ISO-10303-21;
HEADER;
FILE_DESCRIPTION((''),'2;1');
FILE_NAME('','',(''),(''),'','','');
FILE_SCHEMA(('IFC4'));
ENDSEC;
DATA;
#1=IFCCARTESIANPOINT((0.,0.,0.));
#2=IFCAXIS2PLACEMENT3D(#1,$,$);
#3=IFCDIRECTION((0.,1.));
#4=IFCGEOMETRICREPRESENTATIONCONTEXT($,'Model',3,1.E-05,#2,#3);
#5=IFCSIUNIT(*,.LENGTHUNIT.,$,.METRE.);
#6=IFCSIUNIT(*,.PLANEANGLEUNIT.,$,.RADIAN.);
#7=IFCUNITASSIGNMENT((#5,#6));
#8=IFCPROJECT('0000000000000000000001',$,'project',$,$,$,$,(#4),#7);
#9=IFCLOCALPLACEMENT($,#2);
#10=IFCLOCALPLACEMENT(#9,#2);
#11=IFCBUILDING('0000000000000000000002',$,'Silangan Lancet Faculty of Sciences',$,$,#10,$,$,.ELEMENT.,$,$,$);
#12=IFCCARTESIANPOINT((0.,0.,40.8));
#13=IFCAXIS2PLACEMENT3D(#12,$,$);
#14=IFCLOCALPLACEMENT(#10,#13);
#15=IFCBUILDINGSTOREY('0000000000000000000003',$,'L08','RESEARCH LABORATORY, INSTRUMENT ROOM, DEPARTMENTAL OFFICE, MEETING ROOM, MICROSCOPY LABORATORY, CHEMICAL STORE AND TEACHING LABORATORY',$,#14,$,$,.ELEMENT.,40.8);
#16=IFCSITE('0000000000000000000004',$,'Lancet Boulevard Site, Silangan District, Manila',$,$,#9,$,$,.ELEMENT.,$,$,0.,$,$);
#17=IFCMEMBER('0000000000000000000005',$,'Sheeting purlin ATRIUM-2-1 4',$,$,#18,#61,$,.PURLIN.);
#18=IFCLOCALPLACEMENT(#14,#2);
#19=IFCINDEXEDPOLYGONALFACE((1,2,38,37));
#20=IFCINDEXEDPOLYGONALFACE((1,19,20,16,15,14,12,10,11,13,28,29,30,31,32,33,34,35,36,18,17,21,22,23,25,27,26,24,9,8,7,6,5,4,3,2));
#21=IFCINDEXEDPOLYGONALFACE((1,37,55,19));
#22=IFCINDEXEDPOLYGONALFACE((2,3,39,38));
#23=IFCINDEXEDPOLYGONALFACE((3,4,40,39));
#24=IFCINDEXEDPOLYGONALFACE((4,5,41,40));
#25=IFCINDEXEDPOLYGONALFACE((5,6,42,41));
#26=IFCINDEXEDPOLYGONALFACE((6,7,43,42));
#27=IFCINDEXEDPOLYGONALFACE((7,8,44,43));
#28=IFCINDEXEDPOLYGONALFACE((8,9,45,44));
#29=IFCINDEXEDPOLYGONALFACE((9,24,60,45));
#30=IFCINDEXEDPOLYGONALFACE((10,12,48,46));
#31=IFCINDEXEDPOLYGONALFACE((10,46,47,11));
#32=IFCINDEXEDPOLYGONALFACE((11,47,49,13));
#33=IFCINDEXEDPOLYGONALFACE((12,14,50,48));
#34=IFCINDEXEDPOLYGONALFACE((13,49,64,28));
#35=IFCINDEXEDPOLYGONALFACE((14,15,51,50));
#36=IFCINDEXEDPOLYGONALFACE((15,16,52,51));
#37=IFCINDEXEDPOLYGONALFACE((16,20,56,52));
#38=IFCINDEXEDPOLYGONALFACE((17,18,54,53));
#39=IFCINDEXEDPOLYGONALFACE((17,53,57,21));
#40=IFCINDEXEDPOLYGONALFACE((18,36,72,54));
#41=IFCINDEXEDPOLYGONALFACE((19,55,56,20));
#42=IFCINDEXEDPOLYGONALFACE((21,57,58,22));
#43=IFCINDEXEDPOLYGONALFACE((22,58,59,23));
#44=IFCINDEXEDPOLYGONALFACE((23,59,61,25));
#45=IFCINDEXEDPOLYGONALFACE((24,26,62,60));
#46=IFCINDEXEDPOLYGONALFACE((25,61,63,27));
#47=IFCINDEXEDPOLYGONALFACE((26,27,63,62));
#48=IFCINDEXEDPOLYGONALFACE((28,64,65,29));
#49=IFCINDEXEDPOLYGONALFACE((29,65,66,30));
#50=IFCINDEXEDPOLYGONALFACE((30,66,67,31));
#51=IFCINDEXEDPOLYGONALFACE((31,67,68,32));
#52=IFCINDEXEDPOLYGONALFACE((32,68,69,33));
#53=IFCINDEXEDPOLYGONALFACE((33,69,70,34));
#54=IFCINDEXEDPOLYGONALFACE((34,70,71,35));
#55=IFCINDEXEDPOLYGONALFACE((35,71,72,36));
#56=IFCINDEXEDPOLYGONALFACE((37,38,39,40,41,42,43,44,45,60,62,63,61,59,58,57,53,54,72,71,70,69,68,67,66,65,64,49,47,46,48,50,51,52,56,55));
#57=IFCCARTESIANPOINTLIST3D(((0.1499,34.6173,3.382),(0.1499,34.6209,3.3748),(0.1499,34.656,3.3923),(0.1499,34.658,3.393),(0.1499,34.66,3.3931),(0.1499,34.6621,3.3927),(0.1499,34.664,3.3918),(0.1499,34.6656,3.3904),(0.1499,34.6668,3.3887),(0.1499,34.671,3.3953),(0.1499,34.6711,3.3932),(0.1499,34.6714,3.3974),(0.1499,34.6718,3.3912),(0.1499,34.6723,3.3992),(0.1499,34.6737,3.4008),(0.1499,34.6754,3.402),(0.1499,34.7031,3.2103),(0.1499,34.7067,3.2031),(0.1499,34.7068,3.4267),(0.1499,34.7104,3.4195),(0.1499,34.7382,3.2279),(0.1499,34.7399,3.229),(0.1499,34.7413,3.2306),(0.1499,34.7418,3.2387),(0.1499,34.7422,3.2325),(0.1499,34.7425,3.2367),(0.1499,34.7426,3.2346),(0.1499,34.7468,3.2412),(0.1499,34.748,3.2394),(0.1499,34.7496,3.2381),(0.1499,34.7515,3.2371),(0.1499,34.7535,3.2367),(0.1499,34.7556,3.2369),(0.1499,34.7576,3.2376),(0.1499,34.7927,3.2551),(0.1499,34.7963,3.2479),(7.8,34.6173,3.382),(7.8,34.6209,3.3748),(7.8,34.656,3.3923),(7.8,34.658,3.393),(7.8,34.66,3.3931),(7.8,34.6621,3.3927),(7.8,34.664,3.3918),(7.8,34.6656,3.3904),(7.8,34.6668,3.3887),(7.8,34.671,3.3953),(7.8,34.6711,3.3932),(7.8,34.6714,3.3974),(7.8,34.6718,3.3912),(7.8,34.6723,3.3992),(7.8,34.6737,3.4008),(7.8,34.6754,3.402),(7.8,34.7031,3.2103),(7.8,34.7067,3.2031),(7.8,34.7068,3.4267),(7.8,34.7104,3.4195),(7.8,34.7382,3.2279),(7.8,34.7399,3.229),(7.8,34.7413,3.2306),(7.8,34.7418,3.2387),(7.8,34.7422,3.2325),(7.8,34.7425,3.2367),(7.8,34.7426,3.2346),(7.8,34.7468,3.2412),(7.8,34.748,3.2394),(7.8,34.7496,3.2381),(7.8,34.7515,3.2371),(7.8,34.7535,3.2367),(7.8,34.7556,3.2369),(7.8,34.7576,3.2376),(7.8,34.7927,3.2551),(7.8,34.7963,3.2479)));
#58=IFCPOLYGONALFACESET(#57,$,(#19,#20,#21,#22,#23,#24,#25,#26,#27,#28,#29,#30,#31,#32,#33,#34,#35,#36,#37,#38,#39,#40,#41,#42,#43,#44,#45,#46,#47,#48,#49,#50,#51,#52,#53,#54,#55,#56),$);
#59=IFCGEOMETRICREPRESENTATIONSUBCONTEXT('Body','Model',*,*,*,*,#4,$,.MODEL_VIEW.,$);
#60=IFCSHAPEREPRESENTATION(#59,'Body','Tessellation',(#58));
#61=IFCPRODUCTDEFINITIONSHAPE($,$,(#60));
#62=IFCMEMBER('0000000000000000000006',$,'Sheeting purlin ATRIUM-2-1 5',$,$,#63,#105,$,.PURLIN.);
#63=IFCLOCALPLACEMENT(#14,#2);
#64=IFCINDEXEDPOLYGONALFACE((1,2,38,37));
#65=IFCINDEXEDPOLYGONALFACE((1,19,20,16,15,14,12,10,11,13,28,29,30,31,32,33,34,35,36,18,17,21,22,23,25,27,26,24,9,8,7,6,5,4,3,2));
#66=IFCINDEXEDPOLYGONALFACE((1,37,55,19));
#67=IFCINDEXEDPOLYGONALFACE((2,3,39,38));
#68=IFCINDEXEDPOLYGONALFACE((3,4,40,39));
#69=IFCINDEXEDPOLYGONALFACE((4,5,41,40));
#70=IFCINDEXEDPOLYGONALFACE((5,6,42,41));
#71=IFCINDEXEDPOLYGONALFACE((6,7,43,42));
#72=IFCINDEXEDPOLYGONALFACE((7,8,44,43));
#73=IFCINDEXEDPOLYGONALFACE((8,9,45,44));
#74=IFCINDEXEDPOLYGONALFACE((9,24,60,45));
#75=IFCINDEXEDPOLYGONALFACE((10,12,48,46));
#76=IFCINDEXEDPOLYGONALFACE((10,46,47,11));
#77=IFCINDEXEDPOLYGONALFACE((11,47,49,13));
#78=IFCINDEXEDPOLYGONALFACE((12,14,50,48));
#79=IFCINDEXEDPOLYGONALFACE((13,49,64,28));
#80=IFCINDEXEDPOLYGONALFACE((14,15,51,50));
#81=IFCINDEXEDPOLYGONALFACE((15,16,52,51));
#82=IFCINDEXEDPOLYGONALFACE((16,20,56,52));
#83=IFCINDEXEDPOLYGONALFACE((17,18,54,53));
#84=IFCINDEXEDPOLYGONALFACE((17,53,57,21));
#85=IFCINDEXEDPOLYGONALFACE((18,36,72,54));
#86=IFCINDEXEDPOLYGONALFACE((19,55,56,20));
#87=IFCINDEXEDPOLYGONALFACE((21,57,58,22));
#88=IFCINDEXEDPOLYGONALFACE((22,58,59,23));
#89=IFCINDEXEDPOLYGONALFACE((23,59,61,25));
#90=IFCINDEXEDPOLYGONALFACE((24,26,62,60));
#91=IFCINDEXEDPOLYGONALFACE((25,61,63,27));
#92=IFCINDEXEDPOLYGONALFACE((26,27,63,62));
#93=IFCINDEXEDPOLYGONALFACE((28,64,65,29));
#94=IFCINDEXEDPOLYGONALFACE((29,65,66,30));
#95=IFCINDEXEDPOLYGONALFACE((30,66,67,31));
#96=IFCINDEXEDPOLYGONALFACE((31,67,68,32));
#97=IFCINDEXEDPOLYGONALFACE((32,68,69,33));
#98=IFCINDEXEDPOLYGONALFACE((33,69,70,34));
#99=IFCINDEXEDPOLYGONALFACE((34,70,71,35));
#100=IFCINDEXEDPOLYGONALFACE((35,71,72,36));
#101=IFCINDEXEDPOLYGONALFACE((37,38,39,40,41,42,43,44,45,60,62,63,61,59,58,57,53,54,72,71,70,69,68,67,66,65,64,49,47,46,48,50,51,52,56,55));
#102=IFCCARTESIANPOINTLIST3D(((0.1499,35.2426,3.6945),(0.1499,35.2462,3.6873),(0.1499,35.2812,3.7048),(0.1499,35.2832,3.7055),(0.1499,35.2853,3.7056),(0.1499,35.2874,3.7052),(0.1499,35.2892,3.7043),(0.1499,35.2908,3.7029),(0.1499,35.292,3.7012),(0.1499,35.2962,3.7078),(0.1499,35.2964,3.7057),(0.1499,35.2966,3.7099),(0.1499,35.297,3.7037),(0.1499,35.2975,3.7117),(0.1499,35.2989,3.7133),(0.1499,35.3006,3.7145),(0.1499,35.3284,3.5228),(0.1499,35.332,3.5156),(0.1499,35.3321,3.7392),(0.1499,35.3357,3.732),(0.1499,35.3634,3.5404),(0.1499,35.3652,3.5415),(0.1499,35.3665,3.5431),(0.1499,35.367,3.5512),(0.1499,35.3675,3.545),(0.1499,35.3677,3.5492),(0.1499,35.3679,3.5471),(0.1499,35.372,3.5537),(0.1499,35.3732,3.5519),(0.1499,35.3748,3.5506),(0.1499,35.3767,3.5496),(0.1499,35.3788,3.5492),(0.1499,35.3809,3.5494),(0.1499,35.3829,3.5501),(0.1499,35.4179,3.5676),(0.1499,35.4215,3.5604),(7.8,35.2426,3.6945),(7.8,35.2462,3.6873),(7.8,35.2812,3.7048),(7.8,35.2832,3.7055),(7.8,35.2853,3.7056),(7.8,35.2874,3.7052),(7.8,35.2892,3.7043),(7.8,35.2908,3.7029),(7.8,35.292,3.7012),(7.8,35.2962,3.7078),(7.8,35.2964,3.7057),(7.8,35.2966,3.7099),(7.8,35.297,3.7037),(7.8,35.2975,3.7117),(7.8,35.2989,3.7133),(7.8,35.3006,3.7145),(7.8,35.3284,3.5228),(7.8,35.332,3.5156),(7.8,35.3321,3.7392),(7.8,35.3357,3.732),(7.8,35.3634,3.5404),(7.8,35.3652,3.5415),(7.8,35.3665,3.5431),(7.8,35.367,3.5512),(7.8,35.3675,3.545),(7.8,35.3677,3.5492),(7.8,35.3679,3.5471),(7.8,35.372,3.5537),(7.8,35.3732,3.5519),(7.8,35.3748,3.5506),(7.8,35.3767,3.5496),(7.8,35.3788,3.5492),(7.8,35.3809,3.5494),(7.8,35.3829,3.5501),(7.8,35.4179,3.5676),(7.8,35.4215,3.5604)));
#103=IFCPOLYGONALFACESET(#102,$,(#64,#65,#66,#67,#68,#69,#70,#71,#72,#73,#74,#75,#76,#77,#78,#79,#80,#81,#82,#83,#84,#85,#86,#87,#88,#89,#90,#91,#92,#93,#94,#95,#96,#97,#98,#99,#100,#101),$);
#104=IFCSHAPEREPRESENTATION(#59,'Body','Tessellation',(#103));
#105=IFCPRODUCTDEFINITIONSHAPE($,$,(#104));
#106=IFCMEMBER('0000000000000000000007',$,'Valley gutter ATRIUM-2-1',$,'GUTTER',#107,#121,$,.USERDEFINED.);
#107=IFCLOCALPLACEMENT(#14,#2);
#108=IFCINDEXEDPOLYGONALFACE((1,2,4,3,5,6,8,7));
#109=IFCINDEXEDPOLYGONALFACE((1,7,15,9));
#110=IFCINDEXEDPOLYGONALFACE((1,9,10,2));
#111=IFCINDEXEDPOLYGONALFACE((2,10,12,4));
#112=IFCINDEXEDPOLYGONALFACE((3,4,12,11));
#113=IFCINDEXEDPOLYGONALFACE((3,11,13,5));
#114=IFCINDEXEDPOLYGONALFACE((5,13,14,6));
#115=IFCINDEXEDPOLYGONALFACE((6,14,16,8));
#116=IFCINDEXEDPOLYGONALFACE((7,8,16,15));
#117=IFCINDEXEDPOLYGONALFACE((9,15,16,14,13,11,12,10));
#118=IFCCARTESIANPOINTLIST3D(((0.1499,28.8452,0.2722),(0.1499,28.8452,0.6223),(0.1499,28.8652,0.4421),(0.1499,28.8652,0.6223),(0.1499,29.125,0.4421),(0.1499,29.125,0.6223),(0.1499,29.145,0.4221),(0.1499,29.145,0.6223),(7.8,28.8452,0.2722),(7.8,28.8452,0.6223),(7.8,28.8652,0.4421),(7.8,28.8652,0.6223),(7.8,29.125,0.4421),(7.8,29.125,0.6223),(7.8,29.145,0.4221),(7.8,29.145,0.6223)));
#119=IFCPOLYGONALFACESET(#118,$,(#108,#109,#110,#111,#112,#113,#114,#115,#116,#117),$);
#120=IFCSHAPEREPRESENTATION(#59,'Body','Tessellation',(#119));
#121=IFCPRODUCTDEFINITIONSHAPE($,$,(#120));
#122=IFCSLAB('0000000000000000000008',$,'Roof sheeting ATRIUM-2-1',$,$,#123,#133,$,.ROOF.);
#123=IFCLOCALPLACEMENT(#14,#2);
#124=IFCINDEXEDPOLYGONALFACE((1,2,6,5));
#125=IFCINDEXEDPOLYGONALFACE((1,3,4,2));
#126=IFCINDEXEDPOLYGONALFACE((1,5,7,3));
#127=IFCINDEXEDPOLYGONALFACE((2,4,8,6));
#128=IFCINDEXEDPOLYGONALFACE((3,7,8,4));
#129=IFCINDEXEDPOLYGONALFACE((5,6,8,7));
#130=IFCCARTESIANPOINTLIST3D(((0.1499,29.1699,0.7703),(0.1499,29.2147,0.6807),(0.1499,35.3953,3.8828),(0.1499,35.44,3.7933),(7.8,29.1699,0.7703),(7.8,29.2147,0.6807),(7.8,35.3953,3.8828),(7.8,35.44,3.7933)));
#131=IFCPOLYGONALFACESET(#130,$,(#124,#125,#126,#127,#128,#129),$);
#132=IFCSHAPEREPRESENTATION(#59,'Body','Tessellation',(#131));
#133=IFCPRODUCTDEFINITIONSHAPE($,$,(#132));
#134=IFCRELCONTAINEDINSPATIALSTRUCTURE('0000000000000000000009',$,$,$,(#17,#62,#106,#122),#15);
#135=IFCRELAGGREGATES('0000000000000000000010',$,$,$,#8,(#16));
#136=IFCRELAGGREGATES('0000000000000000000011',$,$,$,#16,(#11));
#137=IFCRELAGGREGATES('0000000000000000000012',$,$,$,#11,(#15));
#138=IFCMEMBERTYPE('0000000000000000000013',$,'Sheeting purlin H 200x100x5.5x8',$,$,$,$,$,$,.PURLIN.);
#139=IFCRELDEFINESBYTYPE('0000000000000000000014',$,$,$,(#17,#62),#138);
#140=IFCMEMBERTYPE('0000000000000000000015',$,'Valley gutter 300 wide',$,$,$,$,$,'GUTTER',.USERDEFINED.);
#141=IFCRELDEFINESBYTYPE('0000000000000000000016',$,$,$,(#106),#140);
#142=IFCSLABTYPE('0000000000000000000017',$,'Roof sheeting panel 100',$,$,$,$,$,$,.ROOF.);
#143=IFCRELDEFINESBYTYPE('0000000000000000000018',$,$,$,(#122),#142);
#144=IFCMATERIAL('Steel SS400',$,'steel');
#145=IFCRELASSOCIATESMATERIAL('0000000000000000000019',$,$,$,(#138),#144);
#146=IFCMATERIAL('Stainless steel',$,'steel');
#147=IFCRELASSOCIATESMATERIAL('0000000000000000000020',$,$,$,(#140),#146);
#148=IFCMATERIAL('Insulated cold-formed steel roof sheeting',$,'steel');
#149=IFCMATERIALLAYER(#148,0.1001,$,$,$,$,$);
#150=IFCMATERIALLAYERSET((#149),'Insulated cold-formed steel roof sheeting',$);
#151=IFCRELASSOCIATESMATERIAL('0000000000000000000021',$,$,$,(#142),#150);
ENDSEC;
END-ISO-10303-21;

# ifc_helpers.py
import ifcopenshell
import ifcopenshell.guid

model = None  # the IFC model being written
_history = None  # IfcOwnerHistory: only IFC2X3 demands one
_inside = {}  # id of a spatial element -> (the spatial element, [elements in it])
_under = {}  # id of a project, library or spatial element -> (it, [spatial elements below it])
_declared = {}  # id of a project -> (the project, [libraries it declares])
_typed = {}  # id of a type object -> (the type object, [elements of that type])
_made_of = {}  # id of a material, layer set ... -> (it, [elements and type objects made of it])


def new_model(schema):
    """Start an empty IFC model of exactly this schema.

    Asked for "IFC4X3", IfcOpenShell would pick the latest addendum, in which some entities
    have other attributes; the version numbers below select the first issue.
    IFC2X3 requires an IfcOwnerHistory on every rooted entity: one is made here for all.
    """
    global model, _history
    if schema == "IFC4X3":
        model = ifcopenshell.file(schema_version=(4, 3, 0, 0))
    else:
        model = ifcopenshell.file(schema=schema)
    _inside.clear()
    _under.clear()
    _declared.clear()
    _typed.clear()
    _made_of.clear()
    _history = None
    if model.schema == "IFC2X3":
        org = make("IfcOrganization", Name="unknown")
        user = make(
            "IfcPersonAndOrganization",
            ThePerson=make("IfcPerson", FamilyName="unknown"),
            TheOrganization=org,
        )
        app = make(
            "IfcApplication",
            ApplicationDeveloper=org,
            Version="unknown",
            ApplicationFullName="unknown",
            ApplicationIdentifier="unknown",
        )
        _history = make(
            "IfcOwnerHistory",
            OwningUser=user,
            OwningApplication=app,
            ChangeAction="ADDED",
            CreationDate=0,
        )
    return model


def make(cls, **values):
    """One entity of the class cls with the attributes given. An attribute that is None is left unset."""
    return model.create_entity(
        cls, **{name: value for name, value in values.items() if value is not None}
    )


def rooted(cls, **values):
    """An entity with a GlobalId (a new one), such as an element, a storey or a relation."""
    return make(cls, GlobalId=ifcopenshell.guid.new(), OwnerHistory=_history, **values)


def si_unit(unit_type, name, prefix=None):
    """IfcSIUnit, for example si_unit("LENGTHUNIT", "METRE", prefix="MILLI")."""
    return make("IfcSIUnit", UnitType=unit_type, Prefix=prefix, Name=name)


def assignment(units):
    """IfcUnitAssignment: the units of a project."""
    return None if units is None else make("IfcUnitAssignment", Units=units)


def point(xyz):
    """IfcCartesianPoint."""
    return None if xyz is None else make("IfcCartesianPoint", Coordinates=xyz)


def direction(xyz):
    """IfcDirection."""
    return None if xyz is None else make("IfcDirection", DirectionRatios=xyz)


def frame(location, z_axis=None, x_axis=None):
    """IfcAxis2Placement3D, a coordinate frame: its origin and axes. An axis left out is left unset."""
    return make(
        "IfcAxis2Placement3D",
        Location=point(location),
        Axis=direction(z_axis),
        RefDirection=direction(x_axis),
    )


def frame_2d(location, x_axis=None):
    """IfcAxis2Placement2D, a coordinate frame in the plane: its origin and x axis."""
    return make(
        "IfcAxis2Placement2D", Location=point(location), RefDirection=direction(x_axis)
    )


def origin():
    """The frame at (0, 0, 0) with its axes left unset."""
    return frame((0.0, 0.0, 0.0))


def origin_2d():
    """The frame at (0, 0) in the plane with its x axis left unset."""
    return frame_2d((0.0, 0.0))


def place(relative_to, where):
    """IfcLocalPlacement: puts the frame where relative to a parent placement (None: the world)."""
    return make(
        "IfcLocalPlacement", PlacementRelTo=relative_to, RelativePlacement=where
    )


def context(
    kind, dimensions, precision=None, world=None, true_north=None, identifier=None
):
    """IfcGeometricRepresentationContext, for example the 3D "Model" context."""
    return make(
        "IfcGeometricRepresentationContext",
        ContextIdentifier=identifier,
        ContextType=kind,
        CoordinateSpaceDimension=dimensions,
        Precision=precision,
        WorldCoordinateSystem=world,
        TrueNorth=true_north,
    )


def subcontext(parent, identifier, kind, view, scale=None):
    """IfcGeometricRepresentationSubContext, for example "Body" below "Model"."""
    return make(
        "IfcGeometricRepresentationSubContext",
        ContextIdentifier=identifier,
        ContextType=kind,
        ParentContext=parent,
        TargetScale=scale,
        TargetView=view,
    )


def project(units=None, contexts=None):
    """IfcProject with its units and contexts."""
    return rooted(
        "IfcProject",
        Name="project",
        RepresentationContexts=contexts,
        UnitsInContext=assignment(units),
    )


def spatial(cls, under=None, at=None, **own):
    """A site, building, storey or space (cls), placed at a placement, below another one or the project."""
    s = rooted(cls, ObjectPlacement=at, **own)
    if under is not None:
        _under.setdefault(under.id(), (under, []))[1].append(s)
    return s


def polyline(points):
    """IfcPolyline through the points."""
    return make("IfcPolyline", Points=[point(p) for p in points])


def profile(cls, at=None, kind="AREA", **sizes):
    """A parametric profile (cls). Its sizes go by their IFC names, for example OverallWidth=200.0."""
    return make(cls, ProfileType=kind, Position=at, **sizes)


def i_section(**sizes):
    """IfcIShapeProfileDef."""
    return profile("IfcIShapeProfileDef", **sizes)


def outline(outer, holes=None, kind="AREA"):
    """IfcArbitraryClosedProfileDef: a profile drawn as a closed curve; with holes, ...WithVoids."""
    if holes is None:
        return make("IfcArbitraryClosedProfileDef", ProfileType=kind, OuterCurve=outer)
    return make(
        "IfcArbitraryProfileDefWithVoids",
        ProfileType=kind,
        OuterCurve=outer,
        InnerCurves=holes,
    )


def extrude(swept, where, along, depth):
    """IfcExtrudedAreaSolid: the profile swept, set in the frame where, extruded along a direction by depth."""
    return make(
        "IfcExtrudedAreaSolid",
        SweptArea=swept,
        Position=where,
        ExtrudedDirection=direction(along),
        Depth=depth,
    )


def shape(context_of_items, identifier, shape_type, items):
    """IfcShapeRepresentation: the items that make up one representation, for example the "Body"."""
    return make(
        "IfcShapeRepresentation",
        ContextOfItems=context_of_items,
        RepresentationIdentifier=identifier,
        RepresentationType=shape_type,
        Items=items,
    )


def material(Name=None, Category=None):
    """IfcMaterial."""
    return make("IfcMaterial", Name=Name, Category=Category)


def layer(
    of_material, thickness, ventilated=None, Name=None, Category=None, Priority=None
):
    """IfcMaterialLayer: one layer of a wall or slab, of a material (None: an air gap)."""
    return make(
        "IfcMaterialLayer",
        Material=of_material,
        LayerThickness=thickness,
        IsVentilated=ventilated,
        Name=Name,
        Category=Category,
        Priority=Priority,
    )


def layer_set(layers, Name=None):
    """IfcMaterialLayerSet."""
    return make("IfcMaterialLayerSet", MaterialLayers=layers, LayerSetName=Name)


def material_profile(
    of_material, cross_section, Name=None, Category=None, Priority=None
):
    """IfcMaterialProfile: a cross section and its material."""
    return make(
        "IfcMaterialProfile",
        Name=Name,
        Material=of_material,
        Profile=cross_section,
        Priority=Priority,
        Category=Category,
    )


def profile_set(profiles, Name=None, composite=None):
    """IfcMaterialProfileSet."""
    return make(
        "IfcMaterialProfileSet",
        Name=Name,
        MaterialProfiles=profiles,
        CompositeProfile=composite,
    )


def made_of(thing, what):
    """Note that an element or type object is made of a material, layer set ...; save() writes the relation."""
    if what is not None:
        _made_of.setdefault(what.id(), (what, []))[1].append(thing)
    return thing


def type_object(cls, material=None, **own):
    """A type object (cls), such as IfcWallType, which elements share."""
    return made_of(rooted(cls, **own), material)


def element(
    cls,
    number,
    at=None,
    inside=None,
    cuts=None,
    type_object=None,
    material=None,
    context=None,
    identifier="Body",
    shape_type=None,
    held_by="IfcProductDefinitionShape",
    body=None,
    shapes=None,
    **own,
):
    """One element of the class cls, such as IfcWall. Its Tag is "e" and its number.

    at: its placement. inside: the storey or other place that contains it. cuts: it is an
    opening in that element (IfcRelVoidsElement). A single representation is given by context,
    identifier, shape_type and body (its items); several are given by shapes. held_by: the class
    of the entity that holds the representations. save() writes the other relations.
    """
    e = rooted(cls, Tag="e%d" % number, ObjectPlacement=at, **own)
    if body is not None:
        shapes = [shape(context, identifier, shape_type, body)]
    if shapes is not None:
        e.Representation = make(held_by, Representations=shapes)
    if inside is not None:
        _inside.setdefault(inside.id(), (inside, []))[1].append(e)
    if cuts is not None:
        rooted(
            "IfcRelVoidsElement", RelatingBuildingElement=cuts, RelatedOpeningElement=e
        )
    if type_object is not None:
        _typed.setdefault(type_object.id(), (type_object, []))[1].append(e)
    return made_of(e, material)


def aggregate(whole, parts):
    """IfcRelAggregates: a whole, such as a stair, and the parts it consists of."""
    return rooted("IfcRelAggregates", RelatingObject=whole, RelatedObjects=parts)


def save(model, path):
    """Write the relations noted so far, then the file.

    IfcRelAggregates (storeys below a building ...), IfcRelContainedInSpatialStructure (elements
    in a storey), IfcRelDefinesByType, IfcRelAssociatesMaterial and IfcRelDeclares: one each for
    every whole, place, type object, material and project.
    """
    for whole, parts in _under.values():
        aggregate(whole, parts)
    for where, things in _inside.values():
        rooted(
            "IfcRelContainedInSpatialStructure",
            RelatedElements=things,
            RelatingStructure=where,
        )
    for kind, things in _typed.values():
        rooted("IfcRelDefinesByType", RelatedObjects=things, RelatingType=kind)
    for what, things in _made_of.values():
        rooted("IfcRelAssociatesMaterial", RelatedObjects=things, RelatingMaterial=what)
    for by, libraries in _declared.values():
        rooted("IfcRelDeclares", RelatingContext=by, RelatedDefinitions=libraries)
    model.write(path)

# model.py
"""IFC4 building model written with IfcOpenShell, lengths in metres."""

from ifc_helpers import new_model, si_unit, direction, frame, origin, origin_2d, place, context, subcontext, project, spatial, polyline, i_section, outline, extrude, material, layer, layer_set, material_profile, profile_set, type_object, element, save


model = new_model("IFC4")

# Units and contexts
model_context = context("Model", 3, precision=1e-05, world=origin(), true_north=direction((0.0, 1.0)))
body_context = subcontext(model_context, "Body", "Model", "MODEL_VIEW")
ifc_project = project(units=[si_unit("LENGTHUNIT", "METRE"), si_unit("PLANEANGLEUNIT", "RADIAN")], contexts=[model_context])

# Site, building, storey
site_placement = place(None, origin())
site = spatial("IfcSite", under=ifc_project, at=site_placement, Name="Lancet Boulevard Site, Silangan District, Manila", CompositionType="ELEMENT", RefElevation=0.0)
building_placement = place(site_placement, origin())
building = spatial("IfcBuilding", under=site, at=building_placement, Name="Silangan Lancet Faculty of Sciences", CompositionType="ELEMENT")
storey_placement = place(building_placement, frame((0.0, 0.0, 40.8)))
storey = spatial("IfcBuildingStorey", under=building, at=storey_placement, Name="L08", Description="RESEARCH LABORATORY, INSTRUMENT ROOM, DEPARTMENTAL OFFICE, MEETING ROOM, MICROSCOPY LABORATORY, CHEMICAL STORE AND TEACHING LABORATORY", CompositionType="ELEMENT", Elevation=40.8)

# Members
ifc_material_1 = material(Name="Steel SS400", Category="steel")
ifc_material_profile_1 = material_profile(ifc_material_1, i_section(OverallWidth=0.1001, OverallDepth=0.2, WebThickness=0.0056, FlangeThickness=0.0081, FilletRadius=0.0081, at=origin_2d()), Name="H 200x100x5.5x8")
ifc_profile_set_1 = profile_set([ifc_material_profile_1], Name="Steel SS400")
member_type_1 = type_object("IfcMemberType", Name="Sheeting purlin H 200x100x5.5x8", PredefinedType="PURLIN", material=ifc_profile_set_1)
for number, where, z_axis, x_axis, name in (
    (1, (0.1499, 34.7068, 3.3149), (1.0, 0.0, 0.0), (0.0, 0.894427, 0.447214), "Sheeting purlin ATRIUM-2-1 4"),
    (2, (0.1499, 35.332, 3.6274), (1.0, 0.0, 0.0), (0.0, 0.894427, 0.447214), "Sheeting purlin ATRIUM-2-1 5"),
):
    element("IfcMember", number, at=place(storey_placement, frame(where, z_axis=z_axis, x_axis=x_axis)), inside=storey, type_object=member_type_1, Name=name, PredefinedType="PURLIN", context=body_context, shape_type="SweptSolid", body=[
        extrude(i_section(OverallWidth=0.1001, OverallDepth=0.2, WebThickness=0.0056, FlangeThickness=0.0081, FilletRadius=0.0081, at=origin_2d()), origin(), (0.0, 0.0, 1.0), 7.6501),
    ])
ifc_material_2 = material(Name="Stainless steel", Category="steel")
ifc_material_profile_2 = material_profile(ifc_material_2, outline(polyline([(-0.1499, 0.0), (0.1499, 0.1499), (0.1499, 0.3501), (0.1299, 0.3501), (0.1299, 0.1699), (-0.1299, 0.1699), (-0.1299, 0.3501), (-0.1499, 0.3501), (-0.1499, 0.0)])), Name="valley gutter")
ifc_profile_set_2 = profile_set([ifc_material_profile_2], Name="Stainless steel")
member_type_2 = type_object("IfcMemberType", Name="Valley gutter 300 wide", ElementType="GUTTER", PredefinedType="USERDEFINED", material=ifc_profile_set_2)
member_1_placement = place(storey_placement, frame((0.1499, 28.9951, 0.2722), z_axis=(1.0, 0.0, 0.0), x_axis=(0.0, 1.0, 0.0)))
element("IfcMember", 3, at=member_1_placement, inside=storey, type_object=member_type_2, Name="Valley gutter ATRIUM-2-1", ObjectType="GUTTER", PredefinedType="USERDEFINED", context=body_context, shape_type="SweptSolid", body=[
    extrude(outline(polyline([(-0.1499, 0.0), (0.1499, 0.1499), (0.1499, 0.3501), (0.1299, 0.3501), (0.1299, 0.1699), (-0.1299, 0.1699), (-0.1299, 0.3501), (-0.1499, 0.3501), (-0.1499, 0.0)])), origin(), (0.0, 0.0, 1.0), 7.6501),
])

# Slab
ifc_material_3 = material(Name="Insulated cold-formed steel roof sheeting", Category="steel")
ifc_layer_1 = layer(ifc_material_3, 0.1001)
ifc_layer_set_1 = layer_set([ifc_layer_1], Name="Insulated cold-formed steel roof sheeting")
slab_type = type_object("IfcSlabType", Name="Roof sheeting panel 100", PredefinedType="ROOF", material=ifc_layer_set_1)
slab_placement = place(storey_placement, frame((0.1499, 29.1699, 0.7703), z_axis=(0.0, -0.4472, 0.894434), x_axis=(1.0, 0.0, 0.0)))
element("IfcSlab", 4, at=slab_placement, inside=storey, type_object=slab_type, Name="Roof sheeting ATRIUM-2-1", PredefinedType="ROOF", context=body_context, shape_type="SweptSolid", body=[
    extrude(outline(polyline([(0.0, 0.0), (7.6501, 0.0), (7.6501, 6.9601), (0.0, 6.9601), (0.0, 0.0)])), origin(), (0.0, 0.0, -1.0), 0.1001),
])

save(model, "model.ifc")
